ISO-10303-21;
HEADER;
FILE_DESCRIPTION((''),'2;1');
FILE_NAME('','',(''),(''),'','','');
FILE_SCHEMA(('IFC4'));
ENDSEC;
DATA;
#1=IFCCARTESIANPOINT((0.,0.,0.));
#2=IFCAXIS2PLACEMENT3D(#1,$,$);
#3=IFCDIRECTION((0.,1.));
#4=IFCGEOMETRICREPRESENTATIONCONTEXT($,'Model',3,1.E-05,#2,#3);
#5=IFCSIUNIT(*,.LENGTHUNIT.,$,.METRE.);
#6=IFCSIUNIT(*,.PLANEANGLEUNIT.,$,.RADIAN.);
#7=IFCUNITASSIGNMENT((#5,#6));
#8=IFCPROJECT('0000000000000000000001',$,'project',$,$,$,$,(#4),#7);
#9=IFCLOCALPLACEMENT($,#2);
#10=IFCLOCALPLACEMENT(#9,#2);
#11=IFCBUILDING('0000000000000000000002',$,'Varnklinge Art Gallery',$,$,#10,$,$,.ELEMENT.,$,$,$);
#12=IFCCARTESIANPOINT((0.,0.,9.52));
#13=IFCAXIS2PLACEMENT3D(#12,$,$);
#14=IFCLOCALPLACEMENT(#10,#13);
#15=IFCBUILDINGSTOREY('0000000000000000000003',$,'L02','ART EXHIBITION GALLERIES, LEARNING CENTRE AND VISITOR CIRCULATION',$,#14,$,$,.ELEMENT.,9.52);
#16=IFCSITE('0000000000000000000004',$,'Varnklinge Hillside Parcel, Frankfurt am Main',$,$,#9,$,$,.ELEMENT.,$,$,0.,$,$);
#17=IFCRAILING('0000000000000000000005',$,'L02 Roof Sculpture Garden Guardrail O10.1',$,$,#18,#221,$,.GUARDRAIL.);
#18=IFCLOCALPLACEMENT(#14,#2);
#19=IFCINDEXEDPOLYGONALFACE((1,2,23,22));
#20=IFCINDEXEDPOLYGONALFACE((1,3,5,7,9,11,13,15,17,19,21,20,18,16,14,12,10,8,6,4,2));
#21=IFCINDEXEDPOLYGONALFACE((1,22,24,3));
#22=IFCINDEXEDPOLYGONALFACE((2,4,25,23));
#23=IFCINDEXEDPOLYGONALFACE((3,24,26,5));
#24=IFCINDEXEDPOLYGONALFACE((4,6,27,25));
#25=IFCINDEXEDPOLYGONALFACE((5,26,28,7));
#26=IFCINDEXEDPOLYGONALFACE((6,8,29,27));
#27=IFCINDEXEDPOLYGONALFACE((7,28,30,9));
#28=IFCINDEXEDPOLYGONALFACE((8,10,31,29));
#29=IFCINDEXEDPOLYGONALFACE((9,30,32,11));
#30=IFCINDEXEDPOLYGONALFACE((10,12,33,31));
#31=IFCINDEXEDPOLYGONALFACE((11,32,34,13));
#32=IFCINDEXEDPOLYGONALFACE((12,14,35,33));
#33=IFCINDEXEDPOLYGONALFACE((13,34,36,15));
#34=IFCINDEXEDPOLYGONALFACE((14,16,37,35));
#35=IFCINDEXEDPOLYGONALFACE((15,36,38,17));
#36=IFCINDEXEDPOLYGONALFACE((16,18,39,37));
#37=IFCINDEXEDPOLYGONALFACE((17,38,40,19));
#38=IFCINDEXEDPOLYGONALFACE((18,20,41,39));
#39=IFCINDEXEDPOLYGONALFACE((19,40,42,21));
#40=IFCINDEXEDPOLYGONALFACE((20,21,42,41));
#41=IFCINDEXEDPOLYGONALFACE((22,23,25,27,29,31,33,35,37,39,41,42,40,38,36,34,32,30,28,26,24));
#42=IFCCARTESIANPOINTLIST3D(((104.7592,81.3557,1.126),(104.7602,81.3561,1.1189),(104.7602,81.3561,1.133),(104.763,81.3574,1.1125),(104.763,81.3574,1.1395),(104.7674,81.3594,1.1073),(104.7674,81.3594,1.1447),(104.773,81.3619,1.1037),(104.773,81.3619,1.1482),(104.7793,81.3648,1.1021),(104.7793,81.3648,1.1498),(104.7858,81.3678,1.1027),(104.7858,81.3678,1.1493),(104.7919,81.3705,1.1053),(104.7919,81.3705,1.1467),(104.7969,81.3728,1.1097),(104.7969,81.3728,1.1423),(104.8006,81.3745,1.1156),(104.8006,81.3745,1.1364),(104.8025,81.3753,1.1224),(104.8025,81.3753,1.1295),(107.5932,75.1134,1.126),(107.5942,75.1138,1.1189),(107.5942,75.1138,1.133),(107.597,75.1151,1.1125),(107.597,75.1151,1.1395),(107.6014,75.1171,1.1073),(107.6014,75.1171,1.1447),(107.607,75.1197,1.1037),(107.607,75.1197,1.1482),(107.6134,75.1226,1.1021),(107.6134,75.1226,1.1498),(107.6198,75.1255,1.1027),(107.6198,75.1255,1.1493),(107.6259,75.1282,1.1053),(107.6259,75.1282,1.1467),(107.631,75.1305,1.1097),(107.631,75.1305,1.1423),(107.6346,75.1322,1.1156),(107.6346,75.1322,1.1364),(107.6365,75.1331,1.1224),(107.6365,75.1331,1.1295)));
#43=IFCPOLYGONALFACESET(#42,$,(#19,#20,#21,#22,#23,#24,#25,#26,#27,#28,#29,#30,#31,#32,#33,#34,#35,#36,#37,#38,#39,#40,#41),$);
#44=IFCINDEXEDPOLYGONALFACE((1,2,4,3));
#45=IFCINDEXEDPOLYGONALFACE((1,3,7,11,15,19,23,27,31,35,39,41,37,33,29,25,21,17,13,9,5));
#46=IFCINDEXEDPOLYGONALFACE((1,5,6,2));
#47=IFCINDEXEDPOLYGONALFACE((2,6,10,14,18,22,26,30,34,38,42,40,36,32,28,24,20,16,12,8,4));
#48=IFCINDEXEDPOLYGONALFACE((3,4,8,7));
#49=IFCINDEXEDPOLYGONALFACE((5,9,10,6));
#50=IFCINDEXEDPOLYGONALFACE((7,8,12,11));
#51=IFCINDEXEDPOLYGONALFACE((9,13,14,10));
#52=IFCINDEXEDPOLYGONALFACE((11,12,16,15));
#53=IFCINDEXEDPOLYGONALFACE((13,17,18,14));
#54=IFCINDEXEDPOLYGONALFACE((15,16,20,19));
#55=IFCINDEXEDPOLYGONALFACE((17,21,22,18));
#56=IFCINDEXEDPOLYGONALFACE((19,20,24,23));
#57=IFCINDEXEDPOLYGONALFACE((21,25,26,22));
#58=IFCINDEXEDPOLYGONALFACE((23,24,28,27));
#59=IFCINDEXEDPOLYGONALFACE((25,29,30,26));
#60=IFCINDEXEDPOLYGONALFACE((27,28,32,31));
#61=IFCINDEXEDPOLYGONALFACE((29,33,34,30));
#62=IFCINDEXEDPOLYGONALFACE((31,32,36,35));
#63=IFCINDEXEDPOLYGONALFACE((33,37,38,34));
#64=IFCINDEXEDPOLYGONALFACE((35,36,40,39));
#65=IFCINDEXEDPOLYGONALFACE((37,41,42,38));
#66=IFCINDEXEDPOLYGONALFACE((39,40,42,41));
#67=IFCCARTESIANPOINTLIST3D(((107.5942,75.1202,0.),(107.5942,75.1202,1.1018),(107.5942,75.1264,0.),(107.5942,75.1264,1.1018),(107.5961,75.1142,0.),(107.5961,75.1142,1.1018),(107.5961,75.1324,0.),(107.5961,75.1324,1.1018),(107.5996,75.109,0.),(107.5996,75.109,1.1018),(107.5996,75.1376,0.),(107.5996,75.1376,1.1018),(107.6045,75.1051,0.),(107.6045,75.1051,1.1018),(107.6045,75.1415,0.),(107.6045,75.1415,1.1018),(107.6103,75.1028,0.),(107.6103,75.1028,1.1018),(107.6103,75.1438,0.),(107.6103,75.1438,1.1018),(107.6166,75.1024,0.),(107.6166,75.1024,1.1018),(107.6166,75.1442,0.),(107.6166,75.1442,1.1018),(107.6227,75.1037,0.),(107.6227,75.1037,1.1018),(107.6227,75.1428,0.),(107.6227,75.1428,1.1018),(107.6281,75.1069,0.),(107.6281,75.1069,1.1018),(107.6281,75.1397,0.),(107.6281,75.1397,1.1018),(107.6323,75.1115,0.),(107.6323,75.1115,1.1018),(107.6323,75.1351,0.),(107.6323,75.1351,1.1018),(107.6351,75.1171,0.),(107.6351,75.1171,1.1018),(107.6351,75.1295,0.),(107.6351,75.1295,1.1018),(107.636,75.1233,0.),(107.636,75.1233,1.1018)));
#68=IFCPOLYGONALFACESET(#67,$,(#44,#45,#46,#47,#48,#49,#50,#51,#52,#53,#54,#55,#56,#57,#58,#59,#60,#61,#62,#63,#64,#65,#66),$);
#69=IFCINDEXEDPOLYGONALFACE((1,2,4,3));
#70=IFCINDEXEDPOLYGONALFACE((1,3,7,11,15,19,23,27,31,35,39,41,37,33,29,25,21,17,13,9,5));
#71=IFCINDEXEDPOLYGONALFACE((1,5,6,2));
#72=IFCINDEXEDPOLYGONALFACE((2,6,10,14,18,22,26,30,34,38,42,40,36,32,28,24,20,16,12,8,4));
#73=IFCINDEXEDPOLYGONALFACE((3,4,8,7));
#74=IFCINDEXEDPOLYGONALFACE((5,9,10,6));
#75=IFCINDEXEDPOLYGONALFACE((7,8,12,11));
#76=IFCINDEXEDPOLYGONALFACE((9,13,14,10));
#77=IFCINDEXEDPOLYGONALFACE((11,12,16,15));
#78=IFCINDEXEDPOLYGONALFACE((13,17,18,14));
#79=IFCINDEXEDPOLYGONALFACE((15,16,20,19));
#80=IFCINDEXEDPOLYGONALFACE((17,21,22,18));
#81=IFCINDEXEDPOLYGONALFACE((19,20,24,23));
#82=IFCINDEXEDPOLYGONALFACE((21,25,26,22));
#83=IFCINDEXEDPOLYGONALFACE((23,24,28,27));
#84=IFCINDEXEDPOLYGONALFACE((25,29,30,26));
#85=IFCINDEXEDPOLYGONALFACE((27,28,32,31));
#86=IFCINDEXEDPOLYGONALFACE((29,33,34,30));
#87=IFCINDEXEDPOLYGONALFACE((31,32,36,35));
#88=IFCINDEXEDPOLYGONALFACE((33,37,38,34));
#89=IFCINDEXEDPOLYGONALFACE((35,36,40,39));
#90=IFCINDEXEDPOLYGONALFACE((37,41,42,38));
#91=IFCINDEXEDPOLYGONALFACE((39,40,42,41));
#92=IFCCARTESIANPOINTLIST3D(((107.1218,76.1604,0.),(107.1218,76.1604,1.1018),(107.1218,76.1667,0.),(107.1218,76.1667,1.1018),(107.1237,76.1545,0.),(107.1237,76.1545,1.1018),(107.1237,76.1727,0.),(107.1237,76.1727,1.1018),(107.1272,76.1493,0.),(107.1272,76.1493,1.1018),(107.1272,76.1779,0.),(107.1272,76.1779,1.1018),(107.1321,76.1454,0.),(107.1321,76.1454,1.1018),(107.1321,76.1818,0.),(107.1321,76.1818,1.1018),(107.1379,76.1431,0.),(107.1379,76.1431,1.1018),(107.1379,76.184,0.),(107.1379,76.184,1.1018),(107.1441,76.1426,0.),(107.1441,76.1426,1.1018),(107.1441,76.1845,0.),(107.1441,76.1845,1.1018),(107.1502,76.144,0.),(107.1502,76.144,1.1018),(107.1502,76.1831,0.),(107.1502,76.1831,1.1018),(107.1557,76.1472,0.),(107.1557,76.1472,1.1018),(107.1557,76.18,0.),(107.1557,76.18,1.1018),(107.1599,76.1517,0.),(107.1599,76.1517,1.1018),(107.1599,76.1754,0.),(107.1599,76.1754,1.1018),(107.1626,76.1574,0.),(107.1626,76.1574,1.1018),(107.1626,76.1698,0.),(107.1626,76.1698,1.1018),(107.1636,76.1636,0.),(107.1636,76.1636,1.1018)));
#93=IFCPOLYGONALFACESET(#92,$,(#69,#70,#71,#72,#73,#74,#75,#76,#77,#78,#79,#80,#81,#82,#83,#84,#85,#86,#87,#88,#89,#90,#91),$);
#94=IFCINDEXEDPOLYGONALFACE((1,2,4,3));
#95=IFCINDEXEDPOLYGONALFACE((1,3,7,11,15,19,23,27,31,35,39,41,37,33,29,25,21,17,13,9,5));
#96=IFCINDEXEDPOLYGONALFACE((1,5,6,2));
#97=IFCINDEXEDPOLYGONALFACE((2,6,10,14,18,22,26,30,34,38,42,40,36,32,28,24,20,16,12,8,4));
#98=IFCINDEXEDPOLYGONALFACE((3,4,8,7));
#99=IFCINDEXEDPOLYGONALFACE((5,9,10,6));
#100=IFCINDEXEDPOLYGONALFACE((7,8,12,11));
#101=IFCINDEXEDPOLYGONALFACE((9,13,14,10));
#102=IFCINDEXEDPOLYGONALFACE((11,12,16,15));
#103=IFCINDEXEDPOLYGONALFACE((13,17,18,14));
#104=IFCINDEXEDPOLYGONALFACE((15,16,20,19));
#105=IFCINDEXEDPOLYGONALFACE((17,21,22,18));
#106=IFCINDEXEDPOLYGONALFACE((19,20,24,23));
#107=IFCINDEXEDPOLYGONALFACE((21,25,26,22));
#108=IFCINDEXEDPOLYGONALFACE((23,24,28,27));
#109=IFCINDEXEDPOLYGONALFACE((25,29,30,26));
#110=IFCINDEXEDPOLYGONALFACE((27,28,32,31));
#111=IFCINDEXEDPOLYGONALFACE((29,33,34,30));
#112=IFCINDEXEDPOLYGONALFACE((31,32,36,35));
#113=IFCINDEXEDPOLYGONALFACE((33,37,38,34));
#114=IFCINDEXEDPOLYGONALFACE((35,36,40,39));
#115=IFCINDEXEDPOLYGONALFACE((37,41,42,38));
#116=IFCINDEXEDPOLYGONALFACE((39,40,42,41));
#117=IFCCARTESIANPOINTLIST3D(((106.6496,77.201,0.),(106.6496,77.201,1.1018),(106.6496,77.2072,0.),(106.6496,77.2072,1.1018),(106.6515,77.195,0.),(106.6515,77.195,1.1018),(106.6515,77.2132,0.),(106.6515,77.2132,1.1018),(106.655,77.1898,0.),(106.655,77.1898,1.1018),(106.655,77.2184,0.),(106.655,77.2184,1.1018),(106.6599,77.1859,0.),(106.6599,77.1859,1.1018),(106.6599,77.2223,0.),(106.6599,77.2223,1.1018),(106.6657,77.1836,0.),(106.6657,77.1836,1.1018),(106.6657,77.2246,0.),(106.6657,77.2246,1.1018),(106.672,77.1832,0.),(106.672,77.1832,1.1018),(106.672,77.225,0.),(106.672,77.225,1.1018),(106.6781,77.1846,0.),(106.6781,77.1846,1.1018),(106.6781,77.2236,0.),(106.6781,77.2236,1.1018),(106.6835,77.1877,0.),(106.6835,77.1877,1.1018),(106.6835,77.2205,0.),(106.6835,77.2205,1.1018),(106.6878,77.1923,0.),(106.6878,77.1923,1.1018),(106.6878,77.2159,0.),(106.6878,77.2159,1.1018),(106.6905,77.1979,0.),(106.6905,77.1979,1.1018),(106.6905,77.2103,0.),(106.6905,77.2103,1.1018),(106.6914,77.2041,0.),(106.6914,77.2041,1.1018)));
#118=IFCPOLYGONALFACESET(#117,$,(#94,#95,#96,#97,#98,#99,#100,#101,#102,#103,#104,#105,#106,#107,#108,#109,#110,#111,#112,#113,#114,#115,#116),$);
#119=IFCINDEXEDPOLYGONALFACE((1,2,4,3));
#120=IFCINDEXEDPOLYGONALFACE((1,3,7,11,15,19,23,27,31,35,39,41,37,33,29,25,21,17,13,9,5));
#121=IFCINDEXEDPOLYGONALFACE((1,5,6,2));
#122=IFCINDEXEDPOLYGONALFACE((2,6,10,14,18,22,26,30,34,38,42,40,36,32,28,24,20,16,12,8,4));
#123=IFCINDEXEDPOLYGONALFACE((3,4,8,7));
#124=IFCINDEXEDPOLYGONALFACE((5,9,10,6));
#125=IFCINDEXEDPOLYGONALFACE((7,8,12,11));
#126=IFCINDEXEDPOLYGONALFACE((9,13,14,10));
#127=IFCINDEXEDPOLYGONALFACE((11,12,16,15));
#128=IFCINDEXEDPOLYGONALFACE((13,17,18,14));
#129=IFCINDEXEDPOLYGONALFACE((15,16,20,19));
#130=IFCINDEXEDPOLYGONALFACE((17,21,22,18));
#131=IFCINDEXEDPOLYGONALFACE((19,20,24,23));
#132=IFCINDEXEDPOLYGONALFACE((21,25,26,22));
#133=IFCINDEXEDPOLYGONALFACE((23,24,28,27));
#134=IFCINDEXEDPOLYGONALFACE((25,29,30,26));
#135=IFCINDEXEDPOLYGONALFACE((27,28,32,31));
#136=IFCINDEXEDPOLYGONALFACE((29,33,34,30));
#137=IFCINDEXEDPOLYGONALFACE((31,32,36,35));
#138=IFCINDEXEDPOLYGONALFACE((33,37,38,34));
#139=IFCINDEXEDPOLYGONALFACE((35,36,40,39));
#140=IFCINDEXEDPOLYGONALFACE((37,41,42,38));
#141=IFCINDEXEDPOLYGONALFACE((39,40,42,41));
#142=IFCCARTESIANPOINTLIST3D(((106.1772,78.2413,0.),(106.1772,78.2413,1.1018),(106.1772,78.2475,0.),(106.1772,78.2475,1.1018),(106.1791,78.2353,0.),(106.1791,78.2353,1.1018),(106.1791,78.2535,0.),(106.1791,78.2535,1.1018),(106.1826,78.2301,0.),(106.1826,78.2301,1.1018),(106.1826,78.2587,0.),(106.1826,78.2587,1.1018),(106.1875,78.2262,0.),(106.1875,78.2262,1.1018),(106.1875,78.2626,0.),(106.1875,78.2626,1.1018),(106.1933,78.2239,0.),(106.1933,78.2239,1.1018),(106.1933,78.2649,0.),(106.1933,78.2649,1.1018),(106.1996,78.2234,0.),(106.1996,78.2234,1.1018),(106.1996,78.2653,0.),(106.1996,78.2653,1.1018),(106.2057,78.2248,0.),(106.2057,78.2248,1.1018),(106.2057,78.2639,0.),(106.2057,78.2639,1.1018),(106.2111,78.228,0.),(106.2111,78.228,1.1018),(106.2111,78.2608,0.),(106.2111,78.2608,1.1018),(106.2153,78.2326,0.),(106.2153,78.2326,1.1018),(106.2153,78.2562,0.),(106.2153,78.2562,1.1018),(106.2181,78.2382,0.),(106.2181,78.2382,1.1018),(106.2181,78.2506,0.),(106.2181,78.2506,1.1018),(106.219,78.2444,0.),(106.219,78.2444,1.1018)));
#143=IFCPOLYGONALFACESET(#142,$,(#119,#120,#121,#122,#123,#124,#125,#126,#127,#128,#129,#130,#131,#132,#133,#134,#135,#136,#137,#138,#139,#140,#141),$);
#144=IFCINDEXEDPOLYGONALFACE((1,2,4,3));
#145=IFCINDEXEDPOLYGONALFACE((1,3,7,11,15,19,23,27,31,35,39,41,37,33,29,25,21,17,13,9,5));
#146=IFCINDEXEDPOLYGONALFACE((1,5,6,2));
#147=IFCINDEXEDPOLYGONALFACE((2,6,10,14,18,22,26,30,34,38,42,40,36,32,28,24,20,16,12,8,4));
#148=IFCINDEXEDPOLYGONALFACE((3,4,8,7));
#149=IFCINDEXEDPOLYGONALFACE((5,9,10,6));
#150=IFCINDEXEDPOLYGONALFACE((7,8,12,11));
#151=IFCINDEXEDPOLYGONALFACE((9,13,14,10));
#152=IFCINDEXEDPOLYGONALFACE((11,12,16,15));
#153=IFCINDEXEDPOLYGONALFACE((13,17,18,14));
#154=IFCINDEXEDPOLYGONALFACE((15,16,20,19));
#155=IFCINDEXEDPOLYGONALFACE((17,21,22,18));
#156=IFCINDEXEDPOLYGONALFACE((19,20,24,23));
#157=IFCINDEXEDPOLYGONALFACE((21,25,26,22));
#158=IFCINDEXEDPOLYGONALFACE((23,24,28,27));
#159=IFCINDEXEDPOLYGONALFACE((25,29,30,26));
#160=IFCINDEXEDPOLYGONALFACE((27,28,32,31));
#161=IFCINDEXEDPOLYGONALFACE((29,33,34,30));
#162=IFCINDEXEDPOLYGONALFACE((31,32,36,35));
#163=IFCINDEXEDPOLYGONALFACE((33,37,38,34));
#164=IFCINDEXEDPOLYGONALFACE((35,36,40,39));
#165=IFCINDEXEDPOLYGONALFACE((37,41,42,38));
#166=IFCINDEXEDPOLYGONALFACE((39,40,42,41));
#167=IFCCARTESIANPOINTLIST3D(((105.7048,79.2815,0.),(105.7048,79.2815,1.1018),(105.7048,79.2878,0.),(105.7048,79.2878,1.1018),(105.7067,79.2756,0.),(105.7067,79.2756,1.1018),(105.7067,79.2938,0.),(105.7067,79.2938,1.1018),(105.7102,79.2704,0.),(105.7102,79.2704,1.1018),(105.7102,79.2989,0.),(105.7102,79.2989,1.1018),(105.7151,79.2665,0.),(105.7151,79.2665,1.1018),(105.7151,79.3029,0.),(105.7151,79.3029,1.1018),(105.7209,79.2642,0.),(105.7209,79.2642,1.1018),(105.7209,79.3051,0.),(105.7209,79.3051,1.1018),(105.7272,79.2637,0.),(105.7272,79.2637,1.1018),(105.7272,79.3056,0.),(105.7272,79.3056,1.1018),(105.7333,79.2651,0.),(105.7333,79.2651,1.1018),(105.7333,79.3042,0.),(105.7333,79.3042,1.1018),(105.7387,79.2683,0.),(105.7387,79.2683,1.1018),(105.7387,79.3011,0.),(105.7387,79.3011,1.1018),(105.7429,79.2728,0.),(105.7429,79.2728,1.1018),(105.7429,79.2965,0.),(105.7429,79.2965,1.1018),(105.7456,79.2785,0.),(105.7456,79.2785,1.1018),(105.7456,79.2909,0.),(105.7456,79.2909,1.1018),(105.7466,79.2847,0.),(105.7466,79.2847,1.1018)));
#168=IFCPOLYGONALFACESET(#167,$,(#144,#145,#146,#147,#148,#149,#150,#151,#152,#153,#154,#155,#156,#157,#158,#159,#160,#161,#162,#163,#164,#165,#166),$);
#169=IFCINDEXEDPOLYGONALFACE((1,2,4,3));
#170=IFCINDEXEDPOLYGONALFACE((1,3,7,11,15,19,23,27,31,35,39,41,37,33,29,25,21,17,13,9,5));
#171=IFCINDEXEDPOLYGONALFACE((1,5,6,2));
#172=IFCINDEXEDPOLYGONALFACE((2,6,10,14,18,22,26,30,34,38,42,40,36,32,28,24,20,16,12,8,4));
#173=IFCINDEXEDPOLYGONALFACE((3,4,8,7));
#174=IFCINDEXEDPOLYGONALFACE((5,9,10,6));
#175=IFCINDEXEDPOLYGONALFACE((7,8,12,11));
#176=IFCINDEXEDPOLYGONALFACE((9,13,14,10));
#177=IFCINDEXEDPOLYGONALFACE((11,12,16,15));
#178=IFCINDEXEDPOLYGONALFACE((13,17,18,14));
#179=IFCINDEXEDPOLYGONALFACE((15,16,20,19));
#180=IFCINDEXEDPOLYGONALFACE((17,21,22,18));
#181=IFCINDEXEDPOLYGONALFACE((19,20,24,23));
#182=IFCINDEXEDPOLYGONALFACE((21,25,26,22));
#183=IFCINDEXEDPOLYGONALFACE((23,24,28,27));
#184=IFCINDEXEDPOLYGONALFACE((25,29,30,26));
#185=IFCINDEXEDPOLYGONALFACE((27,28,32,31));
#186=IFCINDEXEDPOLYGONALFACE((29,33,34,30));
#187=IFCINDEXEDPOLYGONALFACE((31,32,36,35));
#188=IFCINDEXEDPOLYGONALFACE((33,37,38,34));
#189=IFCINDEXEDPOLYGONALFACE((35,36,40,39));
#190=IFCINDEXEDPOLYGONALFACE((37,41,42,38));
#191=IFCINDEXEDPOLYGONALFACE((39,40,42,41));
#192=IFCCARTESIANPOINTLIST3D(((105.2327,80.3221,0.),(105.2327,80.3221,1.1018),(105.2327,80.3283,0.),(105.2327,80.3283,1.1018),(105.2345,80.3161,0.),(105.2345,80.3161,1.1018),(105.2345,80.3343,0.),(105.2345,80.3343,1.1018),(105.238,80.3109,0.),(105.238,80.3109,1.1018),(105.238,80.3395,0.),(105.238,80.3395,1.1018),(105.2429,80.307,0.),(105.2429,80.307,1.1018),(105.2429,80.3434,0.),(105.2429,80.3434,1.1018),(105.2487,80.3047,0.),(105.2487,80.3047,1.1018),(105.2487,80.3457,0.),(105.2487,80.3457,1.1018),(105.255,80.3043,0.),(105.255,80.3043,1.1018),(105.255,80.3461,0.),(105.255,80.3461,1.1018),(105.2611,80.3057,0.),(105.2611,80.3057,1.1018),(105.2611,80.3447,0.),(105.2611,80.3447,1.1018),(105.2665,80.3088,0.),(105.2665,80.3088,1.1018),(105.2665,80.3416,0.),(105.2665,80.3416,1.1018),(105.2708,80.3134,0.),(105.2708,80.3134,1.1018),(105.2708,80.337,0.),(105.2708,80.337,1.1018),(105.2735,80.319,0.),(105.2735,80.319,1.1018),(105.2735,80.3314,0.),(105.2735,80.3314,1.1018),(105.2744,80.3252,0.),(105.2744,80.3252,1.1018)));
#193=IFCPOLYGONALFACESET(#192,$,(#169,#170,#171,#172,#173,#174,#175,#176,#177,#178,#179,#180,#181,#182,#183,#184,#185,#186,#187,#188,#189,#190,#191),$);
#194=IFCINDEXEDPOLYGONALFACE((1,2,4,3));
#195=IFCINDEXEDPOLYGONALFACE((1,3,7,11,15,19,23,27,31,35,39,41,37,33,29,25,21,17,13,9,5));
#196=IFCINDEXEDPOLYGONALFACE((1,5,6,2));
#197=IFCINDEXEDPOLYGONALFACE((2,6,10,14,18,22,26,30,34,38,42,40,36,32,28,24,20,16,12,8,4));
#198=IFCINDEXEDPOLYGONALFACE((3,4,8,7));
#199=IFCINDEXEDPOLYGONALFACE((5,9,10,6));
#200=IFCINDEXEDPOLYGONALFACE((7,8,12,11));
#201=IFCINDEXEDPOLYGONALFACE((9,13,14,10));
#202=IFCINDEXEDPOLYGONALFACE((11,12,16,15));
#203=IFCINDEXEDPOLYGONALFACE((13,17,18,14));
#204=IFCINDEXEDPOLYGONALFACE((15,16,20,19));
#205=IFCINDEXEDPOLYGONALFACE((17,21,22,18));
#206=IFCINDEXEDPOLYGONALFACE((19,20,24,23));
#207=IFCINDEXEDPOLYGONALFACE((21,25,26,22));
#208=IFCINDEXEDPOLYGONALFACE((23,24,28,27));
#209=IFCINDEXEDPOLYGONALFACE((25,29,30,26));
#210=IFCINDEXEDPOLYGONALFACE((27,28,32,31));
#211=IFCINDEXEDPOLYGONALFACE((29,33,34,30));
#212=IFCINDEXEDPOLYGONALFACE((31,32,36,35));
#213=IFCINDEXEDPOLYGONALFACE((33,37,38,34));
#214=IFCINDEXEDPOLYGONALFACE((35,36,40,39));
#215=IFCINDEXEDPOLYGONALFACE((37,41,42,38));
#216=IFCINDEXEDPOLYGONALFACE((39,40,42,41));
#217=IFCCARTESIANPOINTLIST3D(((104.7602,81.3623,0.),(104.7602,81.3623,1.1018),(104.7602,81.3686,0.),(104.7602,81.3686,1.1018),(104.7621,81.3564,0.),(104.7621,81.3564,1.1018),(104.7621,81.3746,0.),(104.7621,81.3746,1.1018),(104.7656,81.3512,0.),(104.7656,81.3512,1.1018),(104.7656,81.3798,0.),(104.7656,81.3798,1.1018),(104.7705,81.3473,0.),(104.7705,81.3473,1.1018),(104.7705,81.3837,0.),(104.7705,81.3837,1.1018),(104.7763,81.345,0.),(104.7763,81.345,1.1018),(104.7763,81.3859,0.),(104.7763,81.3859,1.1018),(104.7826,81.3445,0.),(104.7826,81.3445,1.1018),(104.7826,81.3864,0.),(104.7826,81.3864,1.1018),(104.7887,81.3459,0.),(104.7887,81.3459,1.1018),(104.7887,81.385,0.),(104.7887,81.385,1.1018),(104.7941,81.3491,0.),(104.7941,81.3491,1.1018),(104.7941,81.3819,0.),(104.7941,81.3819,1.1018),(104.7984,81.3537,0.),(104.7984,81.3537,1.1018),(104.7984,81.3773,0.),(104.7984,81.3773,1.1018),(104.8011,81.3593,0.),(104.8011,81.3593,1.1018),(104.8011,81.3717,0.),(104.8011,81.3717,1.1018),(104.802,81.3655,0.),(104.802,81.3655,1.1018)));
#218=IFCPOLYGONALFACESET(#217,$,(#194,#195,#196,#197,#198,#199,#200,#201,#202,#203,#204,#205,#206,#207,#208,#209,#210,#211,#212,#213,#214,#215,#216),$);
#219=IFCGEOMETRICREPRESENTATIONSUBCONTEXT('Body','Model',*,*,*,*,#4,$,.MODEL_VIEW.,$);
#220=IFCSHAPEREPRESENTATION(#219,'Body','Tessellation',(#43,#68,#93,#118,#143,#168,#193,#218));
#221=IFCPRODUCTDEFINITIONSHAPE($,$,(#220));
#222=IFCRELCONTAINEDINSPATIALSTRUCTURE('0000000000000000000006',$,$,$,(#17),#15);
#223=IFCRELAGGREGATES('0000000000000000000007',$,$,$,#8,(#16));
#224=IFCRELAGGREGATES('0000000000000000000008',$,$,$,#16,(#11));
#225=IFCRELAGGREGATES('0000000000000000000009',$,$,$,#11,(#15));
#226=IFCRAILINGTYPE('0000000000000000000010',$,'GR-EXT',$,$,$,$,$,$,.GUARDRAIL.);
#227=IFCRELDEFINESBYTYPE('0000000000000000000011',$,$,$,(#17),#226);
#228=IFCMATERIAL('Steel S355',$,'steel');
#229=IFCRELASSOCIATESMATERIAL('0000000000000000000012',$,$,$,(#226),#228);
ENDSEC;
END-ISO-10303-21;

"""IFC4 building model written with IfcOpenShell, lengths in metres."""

from ifc_helpers import new_model, si_unit, direction, frame, origin, origin_2d, place, context, subcontext, project, spatial, circle, extrude, material, type_object, element, save


model = new_model("IFC4")

# Units and contexts
model_context = context("Model", 3, precision=1e-05, world=origin(), true_north=direction((0.0, 1.0)))
body_context = subcontext(model_context, "Body", "Model", "MODEL_VIEW")
ifc_project = project(units=[si_unit("LENGTHUNIT", "METRE"), si_unit("PLANEANGLEUNIT", "RADIAN")], contexts=[model_context])

# Site, building, storey
site_placement = place(None, origin())
site = spatial("IfcSite", under=ifc_project, at=site_placement, Name="Varnklinge Hillside Parcel, Frankfurt am Main", CompositionType="ELEMENT", RefElevation=0.0)
building_placement = place(site_placement, origin())
building = spatial("IfcBuilding", under=site, at=building_placement, Name="Varnklinge Art Gallery", CompositionType="ELEMENT")
storey_placement = place(building_placement, frame((0.0, 0.0, 9.52)))
storey = spatial("IfcBuildingStorey", under=building, at=storey_placement, Name="L02", Description="ART EXHIBITION GALLERIES, LEARNING CENTRE AND VISITOR CIRCULATION", CompositionType="ELEMENT", Elevation=9.52)

# Railing
ifc_material_1 = material(Name="Steel S355", Category="steel")
railing_type = type_object("IfcRailingType", Name="GR-EXT", PredefinedType="GUARDRAIL", material=ifc_material_1)
railing_1_placement = place(storey_placement, frame((107.615, 75.1233, 0.0)))
element("IfcRailing", 1, at=railing_1_placement, inside=storey, type_object=railing_type, Name="L02 Roof Sculpture Garden Guardrail O10.1", PredefinedType="GUARDRAIL", context=body_context, shape_type="SweptSolid", body=[
    extrude(circle(Radius=0.0239, at=origin_2d()), frame((0.0, 0.0, 1.126), z_axis=(-0.413395, 0.910552, 0.0), x_axis=(-0.910552, -0.413395, 0.0)), (0.0, 0.0, 1.0), 6.8555),
    extrude(circle(Radius=0.021, at=origin_2d()), origin(), (0.0, 0.0, 1.0), 1.1018),
    extrude(circle(Radius=0.021, at=origin_2d()), frame((-0.4724, 1.0403, 0.0)), (0.0, 0.0, 1.0), 1.1018),
    extrude(circle(Radius=0.021, at=origin_2d()), frame((-0.9446, 2.0808, 0.0)), (0.0, 0.0, 1.0), 1.1018),
    extrude(circle(Radius=0.021, at=origin_2d()), frame((-1.417, 3.1211, 0.0)), (0.0, 0.0, 1.0), 1.1018),
    extrude(circle(Radius=0.021, at=origin_2d()), frame((-1.8894, 4.1614, 0.0)), (0.0, 0.0, 1.0), 1.1018),
    extrude(circle(Radius=0.021, at=origin_2d()), frame((-2.3616, 5.2019, 0.0)), (0.0, 0.0, 1.0), 1.1018),
    extrude(circle(Radius=0.021, at=origin_2d()), frame((-2.834, 6.2422, 0.0)), (0.0, 0.0, 1.0), 1.1018),
])

save(model, "model.ifc")
